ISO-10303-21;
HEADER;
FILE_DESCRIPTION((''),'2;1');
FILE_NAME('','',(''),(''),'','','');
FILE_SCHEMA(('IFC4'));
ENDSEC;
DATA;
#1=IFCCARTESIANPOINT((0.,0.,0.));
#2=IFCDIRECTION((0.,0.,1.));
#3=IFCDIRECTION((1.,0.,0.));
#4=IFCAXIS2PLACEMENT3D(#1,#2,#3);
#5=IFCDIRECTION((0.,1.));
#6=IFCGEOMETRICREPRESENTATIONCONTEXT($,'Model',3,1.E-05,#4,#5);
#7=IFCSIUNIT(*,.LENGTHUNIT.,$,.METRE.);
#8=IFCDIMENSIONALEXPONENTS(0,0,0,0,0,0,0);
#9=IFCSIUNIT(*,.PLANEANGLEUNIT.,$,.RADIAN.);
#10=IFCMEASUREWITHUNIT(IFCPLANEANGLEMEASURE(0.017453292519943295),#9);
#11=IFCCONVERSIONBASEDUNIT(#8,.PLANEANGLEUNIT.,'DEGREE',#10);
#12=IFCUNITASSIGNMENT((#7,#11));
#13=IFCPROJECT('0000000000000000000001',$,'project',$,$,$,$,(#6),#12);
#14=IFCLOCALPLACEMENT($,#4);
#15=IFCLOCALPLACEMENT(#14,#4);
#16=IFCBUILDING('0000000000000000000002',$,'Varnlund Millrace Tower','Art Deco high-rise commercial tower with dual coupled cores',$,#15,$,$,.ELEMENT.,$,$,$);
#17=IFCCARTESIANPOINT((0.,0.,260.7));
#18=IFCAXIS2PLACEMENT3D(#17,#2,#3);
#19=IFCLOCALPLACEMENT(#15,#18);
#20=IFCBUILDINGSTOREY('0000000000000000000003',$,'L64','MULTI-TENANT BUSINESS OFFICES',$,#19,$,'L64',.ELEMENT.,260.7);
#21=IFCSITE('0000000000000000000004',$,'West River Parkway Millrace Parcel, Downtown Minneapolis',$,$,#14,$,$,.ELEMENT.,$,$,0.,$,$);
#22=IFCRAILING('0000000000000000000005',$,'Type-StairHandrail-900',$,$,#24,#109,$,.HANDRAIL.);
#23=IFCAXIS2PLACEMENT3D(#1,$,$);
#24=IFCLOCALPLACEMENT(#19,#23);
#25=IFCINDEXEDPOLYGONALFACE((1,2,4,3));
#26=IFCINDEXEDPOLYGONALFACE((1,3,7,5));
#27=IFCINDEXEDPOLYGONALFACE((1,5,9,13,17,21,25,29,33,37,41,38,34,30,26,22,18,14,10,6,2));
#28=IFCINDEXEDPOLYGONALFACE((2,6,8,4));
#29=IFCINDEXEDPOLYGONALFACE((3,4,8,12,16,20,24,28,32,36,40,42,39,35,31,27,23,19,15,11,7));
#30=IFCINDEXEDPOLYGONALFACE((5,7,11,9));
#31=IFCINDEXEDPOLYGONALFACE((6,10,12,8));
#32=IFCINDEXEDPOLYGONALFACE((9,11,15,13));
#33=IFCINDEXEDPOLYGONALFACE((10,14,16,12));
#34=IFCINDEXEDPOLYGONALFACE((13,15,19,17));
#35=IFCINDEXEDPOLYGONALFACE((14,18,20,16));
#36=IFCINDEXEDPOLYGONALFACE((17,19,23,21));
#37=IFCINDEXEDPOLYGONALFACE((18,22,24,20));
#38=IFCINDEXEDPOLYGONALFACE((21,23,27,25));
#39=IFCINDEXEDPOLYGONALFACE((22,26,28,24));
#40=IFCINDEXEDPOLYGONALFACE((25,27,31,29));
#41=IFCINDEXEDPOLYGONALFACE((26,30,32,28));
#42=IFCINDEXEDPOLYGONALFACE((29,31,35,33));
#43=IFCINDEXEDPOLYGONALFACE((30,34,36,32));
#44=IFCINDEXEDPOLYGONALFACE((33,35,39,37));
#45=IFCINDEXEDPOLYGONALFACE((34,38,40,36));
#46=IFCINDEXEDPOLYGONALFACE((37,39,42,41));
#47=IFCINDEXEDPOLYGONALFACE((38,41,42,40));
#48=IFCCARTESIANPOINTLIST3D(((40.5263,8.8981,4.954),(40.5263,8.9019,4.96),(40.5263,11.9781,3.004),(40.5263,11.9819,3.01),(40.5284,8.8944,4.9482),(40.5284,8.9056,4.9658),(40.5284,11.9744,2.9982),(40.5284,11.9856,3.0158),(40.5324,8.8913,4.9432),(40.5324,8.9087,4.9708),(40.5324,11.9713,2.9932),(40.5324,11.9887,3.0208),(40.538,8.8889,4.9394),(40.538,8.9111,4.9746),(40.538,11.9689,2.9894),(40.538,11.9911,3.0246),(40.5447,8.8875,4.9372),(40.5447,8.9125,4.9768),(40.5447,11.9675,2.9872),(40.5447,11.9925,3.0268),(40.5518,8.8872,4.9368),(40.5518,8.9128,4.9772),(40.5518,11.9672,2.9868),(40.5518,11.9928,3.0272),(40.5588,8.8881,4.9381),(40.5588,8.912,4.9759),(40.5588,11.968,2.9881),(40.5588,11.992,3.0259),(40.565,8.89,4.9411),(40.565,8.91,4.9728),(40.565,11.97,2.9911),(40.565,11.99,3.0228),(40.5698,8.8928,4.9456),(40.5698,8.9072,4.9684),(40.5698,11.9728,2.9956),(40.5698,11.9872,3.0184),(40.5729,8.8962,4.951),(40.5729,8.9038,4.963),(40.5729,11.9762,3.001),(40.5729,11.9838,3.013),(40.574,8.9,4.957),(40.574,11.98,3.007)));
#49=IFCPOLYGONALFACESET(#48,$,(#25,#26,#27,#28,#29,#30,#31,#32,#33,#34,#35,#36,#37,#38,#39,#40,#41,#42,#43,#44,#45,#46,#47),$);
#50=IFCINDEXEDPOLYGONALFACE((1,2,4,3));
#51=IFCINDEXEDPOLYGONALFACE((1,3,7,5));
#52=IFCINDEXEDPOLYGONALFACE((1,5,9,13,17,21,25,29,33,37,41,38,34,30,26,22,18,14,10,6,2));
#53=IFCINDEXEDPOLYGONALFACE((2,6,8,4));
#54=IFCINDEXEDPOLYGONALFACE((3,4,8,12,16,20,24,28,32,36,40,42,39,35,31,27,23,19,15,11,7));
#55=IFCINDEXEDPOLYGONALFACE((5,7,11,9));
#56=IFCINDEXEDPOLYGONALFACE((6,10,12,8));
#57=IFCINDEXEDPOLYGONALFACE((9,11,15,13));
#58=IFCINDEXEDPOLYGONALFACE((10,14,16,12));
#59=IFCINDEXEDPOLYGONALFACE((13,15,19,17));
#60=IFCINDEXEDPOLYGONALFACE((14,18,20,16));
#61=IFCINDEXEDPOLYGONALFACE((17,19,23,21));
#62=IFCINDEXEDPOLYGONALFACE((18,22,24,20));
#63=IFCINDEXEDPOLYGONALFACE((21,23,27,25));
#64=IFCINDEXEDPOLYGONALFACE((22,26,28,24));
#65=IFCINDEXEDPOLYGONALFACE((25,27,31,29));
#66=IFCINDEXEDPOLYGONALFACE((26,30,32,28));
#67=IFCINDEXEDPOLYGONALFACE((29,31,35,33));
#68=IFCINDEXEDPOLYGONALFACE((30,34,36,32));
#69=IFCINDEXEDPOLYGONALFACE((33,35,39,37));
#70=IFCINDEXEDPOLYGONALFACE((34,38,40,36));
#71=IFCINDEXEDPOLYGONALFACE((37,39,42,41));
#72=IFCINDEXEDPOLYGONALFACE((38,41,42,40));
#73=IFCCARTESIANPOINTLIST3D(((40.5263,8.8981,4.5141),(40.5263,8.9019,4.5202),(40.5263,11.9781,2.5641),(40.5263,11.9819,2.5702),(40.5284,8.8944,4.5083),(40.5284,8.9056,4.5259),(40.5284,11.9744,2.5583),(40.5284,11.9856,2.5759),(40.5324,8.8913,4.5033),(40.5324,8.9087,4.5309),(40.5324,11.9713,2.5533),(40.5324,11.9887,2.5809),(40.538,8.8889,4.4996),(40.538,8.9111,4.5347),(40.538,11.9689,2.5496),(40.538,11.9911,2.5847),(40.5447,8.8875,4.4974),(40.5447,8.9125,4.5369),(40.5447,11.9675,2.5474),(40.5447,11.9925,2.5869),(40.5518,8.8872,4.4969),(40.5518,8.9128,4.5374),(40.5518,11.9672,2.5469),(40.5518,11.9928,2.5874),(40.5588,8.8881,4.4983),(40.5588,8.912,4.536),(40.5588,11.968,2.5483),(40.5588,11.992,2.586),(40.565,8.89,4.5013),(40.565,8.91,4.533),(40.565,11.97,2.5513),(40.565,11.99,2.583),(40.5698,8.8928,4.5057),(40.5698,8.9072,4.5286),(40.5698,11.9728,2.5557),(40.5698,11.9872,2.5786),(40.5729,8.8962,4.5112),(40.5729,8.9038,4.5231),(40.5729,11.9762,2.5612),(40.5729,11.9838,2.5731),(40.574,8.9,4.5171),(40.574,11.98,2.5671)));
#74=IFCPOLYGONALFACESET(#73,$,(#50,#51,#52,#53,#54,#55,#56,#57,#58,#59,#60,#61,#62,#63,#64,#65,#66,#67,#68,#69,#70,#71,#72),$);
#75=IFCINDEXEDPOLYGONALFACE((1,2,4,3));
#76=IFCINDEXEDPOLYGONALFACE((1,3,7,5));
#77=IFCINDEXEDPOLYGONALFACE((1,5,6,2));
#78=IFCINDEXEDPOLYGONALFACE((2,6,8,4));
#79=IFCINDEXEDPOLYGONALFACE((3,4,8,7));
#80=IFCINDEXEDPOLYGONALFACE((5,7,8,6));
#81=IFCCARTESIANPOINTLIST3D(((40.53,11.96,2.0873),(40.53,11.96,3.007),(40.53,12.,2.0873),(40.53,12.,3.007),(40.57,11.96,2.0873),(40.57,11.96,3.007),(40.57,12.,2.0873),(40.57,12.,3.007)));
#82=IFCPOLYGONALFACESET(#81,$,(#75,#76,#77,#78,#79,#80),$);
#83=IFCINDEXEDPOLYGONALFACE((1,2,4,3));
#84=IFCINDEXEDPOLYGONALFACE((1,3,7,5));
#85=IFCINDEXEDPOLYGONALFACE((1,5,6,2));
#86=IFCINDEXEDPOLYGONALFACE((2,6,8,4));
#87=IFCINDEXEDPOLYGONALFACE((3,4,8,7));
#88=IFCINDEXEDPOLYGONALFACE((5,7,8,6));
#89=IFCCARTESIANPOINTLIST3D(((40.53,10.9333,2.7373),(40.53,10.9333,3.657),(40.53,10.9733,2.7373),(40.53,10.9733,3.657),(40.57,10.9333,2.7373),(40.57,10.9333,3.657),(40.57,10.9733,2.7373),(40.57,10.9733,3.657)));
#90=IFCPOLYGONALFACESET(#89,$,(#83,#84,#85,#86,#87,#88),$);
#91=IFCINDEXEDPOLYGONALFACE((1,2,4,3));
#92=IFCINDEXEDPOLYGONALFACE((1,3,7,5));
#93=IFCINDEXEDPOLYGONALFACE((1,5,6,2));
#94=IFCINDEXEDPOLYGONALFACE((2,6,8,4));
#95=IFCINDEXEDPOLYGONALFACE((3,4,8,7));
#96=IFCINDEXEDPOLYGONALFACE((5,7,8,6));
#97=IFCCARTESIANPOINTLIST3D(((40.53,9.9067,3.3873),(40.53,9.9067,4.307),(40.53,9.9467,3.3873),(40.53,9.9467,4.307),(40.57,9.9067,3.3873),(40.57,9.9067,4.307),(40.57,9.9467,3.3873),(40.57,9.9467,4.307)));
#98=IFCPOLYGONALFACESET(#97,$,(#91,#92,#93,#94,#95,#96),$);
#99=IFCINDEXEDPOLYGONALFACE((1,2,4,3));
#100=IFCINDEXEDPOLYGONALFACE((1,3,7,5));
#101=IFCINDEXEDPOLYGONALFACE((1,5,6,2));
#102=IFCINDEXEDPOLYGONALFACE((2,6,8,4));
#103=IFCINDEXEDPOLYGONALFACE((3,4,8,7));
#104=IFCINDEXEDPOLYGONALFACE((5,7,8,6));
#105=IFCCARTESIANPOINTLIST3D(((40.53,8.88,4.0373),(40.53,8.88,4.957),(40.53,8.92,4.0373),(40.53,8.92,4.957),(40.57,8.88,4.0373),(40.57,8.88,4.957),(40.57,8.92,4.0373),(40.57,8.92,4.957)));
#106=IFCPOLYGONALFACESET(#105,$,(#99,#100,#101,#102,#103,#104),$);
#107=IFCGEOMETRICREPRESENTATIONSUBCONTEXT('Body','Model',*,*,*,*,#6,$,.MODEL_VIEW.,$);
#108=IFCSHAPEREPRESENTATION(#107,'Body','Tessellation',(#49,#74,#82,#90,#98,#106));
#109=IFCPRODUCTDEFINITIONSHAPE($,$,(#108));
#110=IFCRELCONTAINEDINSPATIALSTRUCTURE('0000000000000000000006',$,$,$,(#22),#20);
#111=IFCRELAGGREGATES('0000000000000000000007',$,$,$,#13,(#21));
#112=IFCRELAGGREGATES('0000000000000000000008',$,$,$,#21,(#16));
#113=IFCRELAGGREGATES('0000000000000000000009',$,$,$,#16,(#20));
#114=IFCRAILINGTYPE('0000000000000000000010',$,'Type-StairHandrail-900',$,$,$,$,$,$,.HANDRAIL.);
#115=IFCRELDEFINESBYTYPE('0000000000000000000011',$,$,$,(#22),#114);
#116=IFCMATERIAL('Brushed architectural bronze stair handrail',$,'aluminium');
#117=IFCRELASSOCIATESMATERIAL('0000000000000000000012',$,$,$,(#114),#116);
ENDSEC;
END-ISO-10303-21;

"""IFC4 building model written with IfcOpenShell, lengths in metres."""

from ifc_helpers import new_model, entity, si_unit, converted_unit, direction, frame, origin_with_axes, origin_2d_with_axis, place, context, subcontext, project, spatial, rectangle, circle, extrude, material, type_object, element, save


model = new_model("IFC4")

# Units and contexts
model_context = context("Model", 3, precision=1e-05, world=origin_with_axes(), true_north=direction((0.0, 1.0)))
body_context = subcontext(model_context, "Body", "Model", "MODEL_VIEW")
ifc_project = project(units=[si_unit("LENGTHUNIT", "METRE"), converted_unit("PLANEANGLEUNIT", "DEGREE", entity("IfcPlaneAngleMeasure", 0.017453292519943295), si_unit("PLANEANGLEUNIT", "RADIAN"), dimensions=[0, 0, 0, 0, 0, 0, 0])], contexts=[model_context])

# Site, building, storey
site_placement = place(None, origin_with_axes())
site = spatial("IfcSite", under=ifc_project, at=site_placement, Name="West River Parkway Millrace Parcel, Downtown Minneapolis", CompositionType="ELEMENT", RefElevation=0.0)
building_placement = place(site_placement, origin_with_axes())
building = spatial("IfcBuilding", under=site, at=building_placement, Name="Varnlund Millrace Tower", Description="Art Deco high-rise commercial tower with dual coupled cores", CompositionType="ELEMENT")
storey_placement = place(building_placement, frame((0.0, 0.0, 260.7), z_axis=(0.0, 0.0, 1.0), x_axis=(1.0, 0.0, 0.0)))
storey = spatial("IfcBuildingStorey", under=building, at=storey_placement, Name="L64", Description="MULTI-TENANT BUSINESS OFFICES", LongName="L64", CompositionType="ELEMENT", Elevation=260.7)

# Railing
ifc_material_1 = material(Name="Brushed architectural bronze stair handrail", Category="aluminium")
railing_type_1 = type_object("IfcRailingType", Name="Type-StairHandrail-900", PredefinedType="HANDRAIL", material=ifc_material_1)
railing_1_placement = place(storey_placement, frame((0.0, 0.0, -260.7), z_axis=(0.0, 0.0, 1.0), x_axis=(1.0, 0.0, 0.0)))
element("IfcRailing", 1, at=railing_1_placement, inside=storey, type_object=railing_type_1, Name="Type-StairHandrail-900", PredefinedType="HANDRAIL", context=body_context, shape_type="SweptSolid", body=[
    extrude(circle(Radius=0.024, at=origin_2d_with_axis()), frame((40.55, 11.98, 263.707), z_axis=(0.0, -0.844902, 0.534922), x_axis=(1.0, 0.0, 0.0)), (0.0, 0.0, 1.0), 3.6454),
    extrude(circle(Radius=0.024, at=origin_2d_with_axis()), frame((40.55, 11.98, 263.2671), z_axis=(0.0, -0.844902, 0.534922), x_axis=(1.0, 0.0, 0.0)), (0.0, 0.0, 1.0), 3.6454),
    extrude(rectangle(XDim=0.04, YDim=0.04, at=origin_2d_with_axis()), frame((40.55, 11.98, 262.7873), z_axis=(0.0, 0.0, 1.0), x_axis=(1.0, 0.0, 0.0)), (0.0, 0.0, 1.0), 0.9197),
    extrude(rectangle(XDim=0.04, YDim=0.04, at=origin_2d_with_axis()), frame((40.55, 10.9533, 263.4373), z_axis=(0.0, 0.0, 1.0), x_axis=(1.0, 0.0, 0.0)), (0.0, 0.0, 1.0), 0.9197),
    extrude(rectangle(XDim=0.04, YDim=0.04, at=origin_2d_with_axis()), frame((40.55, 9.9267, 264.0873), z_axis=(0.0, 0.0, 1.0), x_axis=(1.0, 0.0, 0.0)), (0.0, 0.0, 1.0), 0.9197),
    extrude(rectangle(XDim=0.04, YDim=0.04, at=origin_2d_with_axis()), frame((40.55, 8.9, 264.7373), z_axis=(0.0, 0.0, 1.0), x_axis=(1.0, 0.0, 0.0)), (0.0, 0.0, 1.0), 0.9197),
])

save(model, "model.ifc")
